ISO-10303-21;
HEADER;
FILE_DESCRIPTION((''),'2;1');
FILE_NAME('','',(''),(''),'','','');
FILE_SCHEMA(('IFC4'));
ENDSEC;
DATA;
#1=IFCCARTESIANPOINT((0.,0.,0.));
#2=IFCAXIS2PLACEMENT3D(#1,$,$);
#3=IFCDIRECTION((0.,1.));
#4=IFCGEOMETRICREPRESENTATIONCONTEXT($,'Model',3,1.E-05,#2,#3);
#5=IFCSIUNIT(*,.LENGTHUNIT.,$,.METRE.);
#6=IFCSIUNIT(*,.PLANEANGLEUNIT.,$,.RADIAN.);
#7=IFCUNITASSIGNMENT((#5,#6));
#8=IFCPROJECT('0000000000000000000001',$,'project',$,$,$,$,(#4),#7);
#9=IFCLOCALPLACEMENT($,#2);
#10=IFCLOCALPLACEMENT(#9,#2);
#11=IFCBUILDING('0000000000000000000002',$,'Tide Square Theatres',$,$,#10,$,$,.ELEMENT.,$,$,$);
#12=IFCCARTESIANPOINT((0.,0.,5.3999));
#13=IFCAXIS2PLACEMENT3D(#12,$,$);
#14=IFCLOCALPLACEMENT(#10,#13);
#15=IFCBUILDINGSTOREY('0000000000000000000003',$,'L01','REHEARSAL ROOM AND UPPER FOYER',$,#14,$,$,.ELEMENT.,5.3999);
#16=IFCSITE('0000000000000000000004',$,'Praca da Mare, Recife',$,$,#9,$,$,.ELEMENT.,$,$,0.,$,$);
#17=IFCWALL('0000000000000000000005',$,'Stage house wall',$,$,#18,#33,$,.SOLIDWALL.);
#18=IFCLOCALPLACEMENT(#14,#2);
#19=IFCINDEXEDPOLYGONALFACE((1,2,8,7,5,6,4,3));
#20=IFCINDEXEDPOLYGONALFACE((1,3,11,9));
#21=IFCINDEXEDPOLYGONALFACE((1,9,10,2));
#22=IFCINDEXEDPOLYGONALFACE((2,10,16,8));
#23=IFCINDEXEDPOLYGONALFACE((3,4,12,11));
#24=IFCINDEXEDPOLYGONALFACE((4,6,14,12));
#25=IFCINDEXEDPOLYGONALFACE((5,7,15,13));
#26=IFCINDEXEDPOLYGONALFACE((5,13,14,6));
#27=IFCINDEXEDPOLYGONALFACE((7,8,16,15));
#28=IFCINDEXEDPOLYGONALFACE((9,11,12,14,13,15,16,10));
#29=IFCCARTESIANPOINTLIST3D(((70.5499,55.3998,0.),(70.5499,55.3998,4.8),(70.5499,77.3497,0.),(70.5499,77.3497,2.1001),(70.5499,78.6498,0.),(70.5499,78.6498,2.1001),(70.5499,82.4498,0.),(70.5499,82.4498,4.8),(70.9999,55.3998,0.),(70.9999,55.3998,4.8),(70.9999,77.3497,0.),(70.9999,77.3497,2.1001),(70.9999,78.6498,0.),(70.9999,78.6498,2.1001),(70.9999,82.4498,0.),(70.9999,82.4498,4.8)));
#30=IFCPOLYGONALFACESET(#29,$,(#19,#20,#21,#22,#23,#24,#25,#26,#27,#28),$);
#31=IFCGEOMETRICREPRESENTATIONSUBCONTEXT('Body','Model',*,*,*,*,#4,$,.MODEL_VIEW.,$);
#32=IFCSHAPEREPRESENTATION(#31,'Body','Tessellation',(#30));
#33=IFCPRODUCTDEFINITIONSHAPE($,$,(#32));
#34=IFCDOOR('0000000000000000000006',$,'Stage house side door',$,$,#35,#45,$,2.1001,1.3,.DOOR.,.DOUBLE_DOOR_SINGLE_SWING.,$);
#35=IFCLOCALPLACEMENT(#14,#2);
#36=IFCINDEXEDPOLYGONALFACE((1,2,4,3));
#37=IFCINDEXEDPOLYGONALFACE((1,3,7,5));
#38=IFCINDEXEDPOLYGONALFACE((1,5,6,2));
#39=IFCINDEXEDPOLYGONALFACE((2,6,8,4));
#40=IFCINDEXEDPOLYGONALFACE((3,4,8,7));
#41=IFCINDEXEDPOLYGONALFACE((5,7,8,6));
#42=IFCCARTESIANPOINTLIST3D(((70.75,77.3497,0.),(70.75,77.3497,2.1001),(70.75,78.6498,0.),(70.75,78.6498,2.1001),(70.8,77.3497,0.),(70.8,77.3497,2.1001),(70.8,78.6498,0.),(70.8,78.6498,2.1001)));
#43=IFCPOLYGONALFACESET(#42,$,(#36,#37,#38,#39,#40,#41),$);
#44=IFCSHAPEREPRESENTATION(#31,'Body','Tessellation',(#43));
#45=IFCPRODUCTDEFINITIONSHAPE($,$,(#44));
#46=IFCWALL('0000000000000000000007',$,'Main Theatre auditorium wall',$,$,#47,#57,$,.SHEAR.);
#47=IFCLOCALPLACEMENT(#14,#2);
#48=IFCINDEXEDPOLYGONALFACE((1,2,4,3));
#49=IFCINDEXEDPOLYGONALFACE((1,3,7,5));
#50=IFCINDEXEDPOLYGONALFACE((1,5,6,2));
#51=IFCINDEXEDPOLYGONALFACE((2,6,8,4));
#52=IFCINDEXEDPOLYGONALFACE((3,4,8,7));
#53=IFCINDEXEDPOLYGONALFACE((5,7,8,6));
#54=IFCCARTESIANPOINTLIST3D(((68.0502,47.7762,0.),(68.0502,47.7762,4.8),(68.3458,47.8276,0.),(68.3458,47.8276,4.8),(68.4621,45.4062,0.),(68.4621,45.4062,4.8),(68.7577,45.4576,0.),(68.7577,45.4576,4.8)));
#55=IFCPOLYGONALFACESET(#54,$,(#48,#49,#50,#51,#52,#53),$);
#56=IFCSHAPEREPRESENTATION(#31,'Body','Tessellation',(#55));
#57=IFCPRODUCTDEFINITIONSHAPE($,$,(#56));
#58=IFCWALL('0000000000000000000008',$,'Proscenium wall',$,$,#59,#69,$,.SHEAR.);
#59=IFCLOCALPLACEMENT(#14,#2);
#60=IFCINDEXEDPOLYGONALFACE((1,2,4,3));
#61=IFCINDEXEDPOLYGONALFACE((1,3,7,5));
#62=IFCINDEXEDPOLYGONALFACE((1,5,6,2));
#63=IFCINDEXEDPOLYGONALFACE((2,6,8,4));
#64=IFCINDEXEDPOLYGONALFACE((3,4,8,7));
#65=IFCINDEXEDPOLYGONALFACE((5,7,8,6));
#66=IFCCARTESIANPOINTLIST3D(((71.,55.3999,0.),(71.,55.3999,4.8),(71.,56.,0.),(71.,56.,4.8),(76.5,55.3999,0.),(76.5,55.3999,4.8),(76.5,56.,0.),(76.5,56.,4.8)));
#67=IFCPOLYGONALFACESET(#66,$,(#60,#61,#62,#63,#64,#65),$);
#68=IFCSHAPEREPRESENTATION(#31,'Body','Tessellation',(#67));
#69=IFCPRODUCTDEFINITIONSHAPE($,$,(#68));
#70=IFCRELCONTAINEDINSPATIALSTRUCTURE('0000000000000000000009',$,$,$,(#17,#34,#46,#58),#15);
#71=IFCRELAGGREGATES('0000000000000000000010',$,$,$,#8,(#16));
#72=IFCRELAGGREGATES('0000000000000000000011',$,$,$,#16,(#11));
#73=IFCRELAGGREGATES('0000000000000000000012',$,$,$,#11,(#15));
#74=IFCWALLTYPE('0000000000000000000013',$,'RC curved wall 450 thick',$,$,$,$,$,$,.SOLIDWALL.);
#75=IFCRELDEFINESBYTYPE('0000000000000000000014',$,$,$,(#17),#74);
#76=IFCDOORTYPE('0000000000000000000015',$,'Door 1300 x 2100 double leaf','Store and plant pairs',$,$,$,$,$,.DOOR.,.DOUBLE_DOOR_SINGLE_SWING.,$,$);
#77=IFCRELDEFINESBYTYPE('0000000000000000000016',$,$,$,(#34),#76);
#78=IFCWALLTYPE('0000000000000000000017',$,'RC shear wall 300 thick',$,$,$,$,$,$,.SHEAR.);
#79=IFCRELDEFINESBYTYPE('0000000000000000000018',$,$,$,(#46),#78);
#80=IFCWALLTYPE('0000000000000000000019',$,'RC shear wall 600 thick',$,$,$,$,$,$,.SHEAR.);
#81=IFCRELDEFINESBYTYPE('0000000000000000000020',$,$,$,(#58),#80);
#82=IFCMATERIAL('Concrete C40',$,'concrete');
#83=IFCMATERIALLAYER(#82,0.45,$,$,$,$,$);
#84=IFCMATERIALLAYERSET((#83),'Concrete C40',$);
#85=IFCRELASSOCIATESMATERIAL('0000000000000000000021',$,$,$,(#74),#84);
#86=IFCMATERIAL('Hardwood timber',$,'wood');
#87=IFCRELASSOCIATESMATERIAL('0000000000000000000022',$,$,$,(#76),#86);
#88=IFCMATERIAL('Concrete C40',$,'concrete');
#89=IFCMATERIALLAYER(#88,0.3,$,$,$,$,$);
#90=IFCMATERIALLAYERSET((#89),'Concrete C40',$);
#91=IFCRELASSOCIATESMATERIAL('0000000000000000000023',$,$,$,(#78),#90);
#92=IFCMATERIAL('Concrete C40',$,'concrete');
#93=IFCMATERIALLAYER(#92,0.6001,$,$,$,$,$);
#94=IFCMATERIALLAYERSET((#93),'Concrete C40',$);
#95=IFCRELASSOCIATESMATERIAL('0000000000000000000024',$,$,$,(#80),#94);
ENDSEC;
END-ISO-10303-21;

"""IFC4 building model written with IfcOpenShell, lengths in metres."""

from ifc_helpers import new_model, si_unit, direction, frame, frame_2d, origin, place, context, subcontext, project, spatial, rectangle, extrude, material, layer, layer_set, type_object, element, fill, save


model = new_model("IFC4")

# Units and contexts
model_context = context("Model", 3, precision=1e-05, world=origin(), true_north=direction((0.0, 1.0)))
body_context = subcontext(model_context, "Body", "Model", "MODEL_VIEW")
ifc_project = project(units=[si_unit("LENGTHUNIT", "METRE"), si_unit("PLANEANGLEUNIT", "RADIAN")], contexts=[model_context])

# Site, building, storey
site_placement = place(None, origin())
site = spatial("IfcSite", under=ifc_project, at=site_placement, Name="Praca da Mare, Recife", CompositionType="ELEMENT", RefElevation=0.0)
building_placement = place(site_placement, origin())
building = spatial("IfcBuilding", under=site, at=building_placement, Name="Tide Square Theatres", CompositionType="ELEMENT")
storey_placement = place(building_placement, frame((0.0, 0.0, 5.3999)))
storey = spatial("IfcBuildingStorey", under=building, at=storey_placement, Name="L01", Description="REHEARSAL ROOM AND UPPER FOYER", CompositionType="ELEMENT", Elevation=5.3999)

# Wall, opening, door
ifc_material_1 = material(Name="Concrete C40", Category="concrete")
ifc_layer_1 = layer(ifc_material_1, 0.45)
ifc_layer_set_1 = layer_set([ifc_layer_1], Name="Concrete C40")
wall_type_1 = type_object("IfcWallType", Name="RC curved wall 450 thick", PredefinedType="SOLIDWALL", material=ifc_layer_set_1)
wall_1_placement = place(storey_placement, frame((70.7749, 55.3999, 0.0), z_axis=(0.0, 0.0, 1.0), x_axis=(0.0, 1.0, 0.0)))
wall_1 = element("IfcWall", 1, at=wall_1_placement, inside=storey, type_object=wall_type_1, Name="Stage house wall", PredefinedType="SOLIDWALL", context=body_context, shape_type="SweptSolid", body=[
    extrude(rectangle(XDim=27.05, YDim=0.45, at=frame_2d((13.5249, 0.0))), origin(), (0.0, 0.0, 1.0), 4.8),
])
opening_placement = place(wall_1_placement, frame((21.95, 0.0, 0.0)))
opening = element("IfcOpeningElement", 2, at=opening_placement, cuts=wall_1, PredefinedType="OPENING", context=body_context, shape_type="SweptSolid", body=[
    extrude(rectangle(XDim=1.3, YDim=2.1001, at=frame_2d((0.6499, 1.05))), frame((0.0, 0.2349, 0.0), z_axis=(0.0, -1.0, 0.0), x_axis=(1.0, 0.0, 0.0)), (0.0, 0.0, 1.0), 0.47),
])
ifc_material_2 = material(Name="Hardwood timber", Category="wood")
door_type = type_object("IfcDoorType", Name="Door 1300 x 2100 double leaf", Description="Store and plant pairs", OperationType="DOUBLE_DOOR_SINGLE_SWING", PredefinedType="DOOR", material=ifc_material_2)
door_placement = place(opening_placement, origin())
door = element("IfcDoor", 3, at=door_placement, inside=storey, type_object=door_type, Name="Stage house side door", OperationType="DOUBLE_DOOR_SINGLE_SWING", OverallHeight=2.1001, OverallWidth=1.3, PredefinedType="DOOR", context=body_context, shape_type="SweptSolid", body=[
    extrude(rectangle(XDim=1.3, YDim=2.1001, at=frame_2d((0.6499, 1.05))), frame((0.0, 0.0249, 0.0), z_axis=(0.0, -1.0, 0.0), x_axis=(1.0, 0.0, 0.0)), (0.0, 0.0, 1.0), 0.05),
])
fill(opening, door)

# Walls
ifc_material_3 = material(Name="Concrete C40", Category="concrete")
ifc_layer_2 = layer(ifc_material_3, 0.3)
ifc_layer_set_2 = layer_set([ifc_layer_2], Name="Concrete C40")
wall_type_2 = type_object("IfcWallType", Name="RC shear wall 300 thick", PredefinedType="SHEAR", material=ifc_layer_set_2)
wall_2_placement = place(storey_placement, frame((68.198, 47.8018, 0.0), z_axis=(0.0, 0.0, 1.0), x_axis=(0.171226, -0.985232, 0.0)))
element("IfcWall", 4, at=wall_2_placement, inside=storey, type_object=wall_type_2, Name="Main Theatre auditorium wall", PredefinedType="SHEAR", context=body_context, shape_type="SweptSolid", body=[
    extrude(rectangle(XDim=2.4055, YDim=0.3, at=frame_2d((1.2026, 0.0))), origin(), (0.0, 0.0, 1.0), 4.8),
])
ifc_material_4 = material(Name="Concrete C40", Category="concrete")
ifc_layer_3 = layer(ifc_material_4, 0.6001)
ifc_layer_set_3 = layer_set([ifc_layer_3], Name="Concrete C40")
wall_type_3 = type_object("IfcWallType", Name="RC shear wall 600 thick", PredefinedType="SHEAR", material=ifc_layer_set_3)
wall_3_placement = place(storey_placement, frame((71.0, 55.7, 0.0), z_axis=(0.0, 0.0, 1.0), x_axis=(1.0, 0.0, 0.0)))
element("IfcWall", 5, at=wall_3_placement, inside=storey, type_object=wall_type_3, Name="Proscenium wall", PredefinedType="SHEAR", context=body_context, shape_type="SweptSolid", body=[
    extrude(rectangle(XDim=5.5, YDim=0.6001, at=frame_2d((2.75, 0.0))), origin(), (0.0, 0.0, 1.0), 4.8),
])

save(model, "model.ifc")
